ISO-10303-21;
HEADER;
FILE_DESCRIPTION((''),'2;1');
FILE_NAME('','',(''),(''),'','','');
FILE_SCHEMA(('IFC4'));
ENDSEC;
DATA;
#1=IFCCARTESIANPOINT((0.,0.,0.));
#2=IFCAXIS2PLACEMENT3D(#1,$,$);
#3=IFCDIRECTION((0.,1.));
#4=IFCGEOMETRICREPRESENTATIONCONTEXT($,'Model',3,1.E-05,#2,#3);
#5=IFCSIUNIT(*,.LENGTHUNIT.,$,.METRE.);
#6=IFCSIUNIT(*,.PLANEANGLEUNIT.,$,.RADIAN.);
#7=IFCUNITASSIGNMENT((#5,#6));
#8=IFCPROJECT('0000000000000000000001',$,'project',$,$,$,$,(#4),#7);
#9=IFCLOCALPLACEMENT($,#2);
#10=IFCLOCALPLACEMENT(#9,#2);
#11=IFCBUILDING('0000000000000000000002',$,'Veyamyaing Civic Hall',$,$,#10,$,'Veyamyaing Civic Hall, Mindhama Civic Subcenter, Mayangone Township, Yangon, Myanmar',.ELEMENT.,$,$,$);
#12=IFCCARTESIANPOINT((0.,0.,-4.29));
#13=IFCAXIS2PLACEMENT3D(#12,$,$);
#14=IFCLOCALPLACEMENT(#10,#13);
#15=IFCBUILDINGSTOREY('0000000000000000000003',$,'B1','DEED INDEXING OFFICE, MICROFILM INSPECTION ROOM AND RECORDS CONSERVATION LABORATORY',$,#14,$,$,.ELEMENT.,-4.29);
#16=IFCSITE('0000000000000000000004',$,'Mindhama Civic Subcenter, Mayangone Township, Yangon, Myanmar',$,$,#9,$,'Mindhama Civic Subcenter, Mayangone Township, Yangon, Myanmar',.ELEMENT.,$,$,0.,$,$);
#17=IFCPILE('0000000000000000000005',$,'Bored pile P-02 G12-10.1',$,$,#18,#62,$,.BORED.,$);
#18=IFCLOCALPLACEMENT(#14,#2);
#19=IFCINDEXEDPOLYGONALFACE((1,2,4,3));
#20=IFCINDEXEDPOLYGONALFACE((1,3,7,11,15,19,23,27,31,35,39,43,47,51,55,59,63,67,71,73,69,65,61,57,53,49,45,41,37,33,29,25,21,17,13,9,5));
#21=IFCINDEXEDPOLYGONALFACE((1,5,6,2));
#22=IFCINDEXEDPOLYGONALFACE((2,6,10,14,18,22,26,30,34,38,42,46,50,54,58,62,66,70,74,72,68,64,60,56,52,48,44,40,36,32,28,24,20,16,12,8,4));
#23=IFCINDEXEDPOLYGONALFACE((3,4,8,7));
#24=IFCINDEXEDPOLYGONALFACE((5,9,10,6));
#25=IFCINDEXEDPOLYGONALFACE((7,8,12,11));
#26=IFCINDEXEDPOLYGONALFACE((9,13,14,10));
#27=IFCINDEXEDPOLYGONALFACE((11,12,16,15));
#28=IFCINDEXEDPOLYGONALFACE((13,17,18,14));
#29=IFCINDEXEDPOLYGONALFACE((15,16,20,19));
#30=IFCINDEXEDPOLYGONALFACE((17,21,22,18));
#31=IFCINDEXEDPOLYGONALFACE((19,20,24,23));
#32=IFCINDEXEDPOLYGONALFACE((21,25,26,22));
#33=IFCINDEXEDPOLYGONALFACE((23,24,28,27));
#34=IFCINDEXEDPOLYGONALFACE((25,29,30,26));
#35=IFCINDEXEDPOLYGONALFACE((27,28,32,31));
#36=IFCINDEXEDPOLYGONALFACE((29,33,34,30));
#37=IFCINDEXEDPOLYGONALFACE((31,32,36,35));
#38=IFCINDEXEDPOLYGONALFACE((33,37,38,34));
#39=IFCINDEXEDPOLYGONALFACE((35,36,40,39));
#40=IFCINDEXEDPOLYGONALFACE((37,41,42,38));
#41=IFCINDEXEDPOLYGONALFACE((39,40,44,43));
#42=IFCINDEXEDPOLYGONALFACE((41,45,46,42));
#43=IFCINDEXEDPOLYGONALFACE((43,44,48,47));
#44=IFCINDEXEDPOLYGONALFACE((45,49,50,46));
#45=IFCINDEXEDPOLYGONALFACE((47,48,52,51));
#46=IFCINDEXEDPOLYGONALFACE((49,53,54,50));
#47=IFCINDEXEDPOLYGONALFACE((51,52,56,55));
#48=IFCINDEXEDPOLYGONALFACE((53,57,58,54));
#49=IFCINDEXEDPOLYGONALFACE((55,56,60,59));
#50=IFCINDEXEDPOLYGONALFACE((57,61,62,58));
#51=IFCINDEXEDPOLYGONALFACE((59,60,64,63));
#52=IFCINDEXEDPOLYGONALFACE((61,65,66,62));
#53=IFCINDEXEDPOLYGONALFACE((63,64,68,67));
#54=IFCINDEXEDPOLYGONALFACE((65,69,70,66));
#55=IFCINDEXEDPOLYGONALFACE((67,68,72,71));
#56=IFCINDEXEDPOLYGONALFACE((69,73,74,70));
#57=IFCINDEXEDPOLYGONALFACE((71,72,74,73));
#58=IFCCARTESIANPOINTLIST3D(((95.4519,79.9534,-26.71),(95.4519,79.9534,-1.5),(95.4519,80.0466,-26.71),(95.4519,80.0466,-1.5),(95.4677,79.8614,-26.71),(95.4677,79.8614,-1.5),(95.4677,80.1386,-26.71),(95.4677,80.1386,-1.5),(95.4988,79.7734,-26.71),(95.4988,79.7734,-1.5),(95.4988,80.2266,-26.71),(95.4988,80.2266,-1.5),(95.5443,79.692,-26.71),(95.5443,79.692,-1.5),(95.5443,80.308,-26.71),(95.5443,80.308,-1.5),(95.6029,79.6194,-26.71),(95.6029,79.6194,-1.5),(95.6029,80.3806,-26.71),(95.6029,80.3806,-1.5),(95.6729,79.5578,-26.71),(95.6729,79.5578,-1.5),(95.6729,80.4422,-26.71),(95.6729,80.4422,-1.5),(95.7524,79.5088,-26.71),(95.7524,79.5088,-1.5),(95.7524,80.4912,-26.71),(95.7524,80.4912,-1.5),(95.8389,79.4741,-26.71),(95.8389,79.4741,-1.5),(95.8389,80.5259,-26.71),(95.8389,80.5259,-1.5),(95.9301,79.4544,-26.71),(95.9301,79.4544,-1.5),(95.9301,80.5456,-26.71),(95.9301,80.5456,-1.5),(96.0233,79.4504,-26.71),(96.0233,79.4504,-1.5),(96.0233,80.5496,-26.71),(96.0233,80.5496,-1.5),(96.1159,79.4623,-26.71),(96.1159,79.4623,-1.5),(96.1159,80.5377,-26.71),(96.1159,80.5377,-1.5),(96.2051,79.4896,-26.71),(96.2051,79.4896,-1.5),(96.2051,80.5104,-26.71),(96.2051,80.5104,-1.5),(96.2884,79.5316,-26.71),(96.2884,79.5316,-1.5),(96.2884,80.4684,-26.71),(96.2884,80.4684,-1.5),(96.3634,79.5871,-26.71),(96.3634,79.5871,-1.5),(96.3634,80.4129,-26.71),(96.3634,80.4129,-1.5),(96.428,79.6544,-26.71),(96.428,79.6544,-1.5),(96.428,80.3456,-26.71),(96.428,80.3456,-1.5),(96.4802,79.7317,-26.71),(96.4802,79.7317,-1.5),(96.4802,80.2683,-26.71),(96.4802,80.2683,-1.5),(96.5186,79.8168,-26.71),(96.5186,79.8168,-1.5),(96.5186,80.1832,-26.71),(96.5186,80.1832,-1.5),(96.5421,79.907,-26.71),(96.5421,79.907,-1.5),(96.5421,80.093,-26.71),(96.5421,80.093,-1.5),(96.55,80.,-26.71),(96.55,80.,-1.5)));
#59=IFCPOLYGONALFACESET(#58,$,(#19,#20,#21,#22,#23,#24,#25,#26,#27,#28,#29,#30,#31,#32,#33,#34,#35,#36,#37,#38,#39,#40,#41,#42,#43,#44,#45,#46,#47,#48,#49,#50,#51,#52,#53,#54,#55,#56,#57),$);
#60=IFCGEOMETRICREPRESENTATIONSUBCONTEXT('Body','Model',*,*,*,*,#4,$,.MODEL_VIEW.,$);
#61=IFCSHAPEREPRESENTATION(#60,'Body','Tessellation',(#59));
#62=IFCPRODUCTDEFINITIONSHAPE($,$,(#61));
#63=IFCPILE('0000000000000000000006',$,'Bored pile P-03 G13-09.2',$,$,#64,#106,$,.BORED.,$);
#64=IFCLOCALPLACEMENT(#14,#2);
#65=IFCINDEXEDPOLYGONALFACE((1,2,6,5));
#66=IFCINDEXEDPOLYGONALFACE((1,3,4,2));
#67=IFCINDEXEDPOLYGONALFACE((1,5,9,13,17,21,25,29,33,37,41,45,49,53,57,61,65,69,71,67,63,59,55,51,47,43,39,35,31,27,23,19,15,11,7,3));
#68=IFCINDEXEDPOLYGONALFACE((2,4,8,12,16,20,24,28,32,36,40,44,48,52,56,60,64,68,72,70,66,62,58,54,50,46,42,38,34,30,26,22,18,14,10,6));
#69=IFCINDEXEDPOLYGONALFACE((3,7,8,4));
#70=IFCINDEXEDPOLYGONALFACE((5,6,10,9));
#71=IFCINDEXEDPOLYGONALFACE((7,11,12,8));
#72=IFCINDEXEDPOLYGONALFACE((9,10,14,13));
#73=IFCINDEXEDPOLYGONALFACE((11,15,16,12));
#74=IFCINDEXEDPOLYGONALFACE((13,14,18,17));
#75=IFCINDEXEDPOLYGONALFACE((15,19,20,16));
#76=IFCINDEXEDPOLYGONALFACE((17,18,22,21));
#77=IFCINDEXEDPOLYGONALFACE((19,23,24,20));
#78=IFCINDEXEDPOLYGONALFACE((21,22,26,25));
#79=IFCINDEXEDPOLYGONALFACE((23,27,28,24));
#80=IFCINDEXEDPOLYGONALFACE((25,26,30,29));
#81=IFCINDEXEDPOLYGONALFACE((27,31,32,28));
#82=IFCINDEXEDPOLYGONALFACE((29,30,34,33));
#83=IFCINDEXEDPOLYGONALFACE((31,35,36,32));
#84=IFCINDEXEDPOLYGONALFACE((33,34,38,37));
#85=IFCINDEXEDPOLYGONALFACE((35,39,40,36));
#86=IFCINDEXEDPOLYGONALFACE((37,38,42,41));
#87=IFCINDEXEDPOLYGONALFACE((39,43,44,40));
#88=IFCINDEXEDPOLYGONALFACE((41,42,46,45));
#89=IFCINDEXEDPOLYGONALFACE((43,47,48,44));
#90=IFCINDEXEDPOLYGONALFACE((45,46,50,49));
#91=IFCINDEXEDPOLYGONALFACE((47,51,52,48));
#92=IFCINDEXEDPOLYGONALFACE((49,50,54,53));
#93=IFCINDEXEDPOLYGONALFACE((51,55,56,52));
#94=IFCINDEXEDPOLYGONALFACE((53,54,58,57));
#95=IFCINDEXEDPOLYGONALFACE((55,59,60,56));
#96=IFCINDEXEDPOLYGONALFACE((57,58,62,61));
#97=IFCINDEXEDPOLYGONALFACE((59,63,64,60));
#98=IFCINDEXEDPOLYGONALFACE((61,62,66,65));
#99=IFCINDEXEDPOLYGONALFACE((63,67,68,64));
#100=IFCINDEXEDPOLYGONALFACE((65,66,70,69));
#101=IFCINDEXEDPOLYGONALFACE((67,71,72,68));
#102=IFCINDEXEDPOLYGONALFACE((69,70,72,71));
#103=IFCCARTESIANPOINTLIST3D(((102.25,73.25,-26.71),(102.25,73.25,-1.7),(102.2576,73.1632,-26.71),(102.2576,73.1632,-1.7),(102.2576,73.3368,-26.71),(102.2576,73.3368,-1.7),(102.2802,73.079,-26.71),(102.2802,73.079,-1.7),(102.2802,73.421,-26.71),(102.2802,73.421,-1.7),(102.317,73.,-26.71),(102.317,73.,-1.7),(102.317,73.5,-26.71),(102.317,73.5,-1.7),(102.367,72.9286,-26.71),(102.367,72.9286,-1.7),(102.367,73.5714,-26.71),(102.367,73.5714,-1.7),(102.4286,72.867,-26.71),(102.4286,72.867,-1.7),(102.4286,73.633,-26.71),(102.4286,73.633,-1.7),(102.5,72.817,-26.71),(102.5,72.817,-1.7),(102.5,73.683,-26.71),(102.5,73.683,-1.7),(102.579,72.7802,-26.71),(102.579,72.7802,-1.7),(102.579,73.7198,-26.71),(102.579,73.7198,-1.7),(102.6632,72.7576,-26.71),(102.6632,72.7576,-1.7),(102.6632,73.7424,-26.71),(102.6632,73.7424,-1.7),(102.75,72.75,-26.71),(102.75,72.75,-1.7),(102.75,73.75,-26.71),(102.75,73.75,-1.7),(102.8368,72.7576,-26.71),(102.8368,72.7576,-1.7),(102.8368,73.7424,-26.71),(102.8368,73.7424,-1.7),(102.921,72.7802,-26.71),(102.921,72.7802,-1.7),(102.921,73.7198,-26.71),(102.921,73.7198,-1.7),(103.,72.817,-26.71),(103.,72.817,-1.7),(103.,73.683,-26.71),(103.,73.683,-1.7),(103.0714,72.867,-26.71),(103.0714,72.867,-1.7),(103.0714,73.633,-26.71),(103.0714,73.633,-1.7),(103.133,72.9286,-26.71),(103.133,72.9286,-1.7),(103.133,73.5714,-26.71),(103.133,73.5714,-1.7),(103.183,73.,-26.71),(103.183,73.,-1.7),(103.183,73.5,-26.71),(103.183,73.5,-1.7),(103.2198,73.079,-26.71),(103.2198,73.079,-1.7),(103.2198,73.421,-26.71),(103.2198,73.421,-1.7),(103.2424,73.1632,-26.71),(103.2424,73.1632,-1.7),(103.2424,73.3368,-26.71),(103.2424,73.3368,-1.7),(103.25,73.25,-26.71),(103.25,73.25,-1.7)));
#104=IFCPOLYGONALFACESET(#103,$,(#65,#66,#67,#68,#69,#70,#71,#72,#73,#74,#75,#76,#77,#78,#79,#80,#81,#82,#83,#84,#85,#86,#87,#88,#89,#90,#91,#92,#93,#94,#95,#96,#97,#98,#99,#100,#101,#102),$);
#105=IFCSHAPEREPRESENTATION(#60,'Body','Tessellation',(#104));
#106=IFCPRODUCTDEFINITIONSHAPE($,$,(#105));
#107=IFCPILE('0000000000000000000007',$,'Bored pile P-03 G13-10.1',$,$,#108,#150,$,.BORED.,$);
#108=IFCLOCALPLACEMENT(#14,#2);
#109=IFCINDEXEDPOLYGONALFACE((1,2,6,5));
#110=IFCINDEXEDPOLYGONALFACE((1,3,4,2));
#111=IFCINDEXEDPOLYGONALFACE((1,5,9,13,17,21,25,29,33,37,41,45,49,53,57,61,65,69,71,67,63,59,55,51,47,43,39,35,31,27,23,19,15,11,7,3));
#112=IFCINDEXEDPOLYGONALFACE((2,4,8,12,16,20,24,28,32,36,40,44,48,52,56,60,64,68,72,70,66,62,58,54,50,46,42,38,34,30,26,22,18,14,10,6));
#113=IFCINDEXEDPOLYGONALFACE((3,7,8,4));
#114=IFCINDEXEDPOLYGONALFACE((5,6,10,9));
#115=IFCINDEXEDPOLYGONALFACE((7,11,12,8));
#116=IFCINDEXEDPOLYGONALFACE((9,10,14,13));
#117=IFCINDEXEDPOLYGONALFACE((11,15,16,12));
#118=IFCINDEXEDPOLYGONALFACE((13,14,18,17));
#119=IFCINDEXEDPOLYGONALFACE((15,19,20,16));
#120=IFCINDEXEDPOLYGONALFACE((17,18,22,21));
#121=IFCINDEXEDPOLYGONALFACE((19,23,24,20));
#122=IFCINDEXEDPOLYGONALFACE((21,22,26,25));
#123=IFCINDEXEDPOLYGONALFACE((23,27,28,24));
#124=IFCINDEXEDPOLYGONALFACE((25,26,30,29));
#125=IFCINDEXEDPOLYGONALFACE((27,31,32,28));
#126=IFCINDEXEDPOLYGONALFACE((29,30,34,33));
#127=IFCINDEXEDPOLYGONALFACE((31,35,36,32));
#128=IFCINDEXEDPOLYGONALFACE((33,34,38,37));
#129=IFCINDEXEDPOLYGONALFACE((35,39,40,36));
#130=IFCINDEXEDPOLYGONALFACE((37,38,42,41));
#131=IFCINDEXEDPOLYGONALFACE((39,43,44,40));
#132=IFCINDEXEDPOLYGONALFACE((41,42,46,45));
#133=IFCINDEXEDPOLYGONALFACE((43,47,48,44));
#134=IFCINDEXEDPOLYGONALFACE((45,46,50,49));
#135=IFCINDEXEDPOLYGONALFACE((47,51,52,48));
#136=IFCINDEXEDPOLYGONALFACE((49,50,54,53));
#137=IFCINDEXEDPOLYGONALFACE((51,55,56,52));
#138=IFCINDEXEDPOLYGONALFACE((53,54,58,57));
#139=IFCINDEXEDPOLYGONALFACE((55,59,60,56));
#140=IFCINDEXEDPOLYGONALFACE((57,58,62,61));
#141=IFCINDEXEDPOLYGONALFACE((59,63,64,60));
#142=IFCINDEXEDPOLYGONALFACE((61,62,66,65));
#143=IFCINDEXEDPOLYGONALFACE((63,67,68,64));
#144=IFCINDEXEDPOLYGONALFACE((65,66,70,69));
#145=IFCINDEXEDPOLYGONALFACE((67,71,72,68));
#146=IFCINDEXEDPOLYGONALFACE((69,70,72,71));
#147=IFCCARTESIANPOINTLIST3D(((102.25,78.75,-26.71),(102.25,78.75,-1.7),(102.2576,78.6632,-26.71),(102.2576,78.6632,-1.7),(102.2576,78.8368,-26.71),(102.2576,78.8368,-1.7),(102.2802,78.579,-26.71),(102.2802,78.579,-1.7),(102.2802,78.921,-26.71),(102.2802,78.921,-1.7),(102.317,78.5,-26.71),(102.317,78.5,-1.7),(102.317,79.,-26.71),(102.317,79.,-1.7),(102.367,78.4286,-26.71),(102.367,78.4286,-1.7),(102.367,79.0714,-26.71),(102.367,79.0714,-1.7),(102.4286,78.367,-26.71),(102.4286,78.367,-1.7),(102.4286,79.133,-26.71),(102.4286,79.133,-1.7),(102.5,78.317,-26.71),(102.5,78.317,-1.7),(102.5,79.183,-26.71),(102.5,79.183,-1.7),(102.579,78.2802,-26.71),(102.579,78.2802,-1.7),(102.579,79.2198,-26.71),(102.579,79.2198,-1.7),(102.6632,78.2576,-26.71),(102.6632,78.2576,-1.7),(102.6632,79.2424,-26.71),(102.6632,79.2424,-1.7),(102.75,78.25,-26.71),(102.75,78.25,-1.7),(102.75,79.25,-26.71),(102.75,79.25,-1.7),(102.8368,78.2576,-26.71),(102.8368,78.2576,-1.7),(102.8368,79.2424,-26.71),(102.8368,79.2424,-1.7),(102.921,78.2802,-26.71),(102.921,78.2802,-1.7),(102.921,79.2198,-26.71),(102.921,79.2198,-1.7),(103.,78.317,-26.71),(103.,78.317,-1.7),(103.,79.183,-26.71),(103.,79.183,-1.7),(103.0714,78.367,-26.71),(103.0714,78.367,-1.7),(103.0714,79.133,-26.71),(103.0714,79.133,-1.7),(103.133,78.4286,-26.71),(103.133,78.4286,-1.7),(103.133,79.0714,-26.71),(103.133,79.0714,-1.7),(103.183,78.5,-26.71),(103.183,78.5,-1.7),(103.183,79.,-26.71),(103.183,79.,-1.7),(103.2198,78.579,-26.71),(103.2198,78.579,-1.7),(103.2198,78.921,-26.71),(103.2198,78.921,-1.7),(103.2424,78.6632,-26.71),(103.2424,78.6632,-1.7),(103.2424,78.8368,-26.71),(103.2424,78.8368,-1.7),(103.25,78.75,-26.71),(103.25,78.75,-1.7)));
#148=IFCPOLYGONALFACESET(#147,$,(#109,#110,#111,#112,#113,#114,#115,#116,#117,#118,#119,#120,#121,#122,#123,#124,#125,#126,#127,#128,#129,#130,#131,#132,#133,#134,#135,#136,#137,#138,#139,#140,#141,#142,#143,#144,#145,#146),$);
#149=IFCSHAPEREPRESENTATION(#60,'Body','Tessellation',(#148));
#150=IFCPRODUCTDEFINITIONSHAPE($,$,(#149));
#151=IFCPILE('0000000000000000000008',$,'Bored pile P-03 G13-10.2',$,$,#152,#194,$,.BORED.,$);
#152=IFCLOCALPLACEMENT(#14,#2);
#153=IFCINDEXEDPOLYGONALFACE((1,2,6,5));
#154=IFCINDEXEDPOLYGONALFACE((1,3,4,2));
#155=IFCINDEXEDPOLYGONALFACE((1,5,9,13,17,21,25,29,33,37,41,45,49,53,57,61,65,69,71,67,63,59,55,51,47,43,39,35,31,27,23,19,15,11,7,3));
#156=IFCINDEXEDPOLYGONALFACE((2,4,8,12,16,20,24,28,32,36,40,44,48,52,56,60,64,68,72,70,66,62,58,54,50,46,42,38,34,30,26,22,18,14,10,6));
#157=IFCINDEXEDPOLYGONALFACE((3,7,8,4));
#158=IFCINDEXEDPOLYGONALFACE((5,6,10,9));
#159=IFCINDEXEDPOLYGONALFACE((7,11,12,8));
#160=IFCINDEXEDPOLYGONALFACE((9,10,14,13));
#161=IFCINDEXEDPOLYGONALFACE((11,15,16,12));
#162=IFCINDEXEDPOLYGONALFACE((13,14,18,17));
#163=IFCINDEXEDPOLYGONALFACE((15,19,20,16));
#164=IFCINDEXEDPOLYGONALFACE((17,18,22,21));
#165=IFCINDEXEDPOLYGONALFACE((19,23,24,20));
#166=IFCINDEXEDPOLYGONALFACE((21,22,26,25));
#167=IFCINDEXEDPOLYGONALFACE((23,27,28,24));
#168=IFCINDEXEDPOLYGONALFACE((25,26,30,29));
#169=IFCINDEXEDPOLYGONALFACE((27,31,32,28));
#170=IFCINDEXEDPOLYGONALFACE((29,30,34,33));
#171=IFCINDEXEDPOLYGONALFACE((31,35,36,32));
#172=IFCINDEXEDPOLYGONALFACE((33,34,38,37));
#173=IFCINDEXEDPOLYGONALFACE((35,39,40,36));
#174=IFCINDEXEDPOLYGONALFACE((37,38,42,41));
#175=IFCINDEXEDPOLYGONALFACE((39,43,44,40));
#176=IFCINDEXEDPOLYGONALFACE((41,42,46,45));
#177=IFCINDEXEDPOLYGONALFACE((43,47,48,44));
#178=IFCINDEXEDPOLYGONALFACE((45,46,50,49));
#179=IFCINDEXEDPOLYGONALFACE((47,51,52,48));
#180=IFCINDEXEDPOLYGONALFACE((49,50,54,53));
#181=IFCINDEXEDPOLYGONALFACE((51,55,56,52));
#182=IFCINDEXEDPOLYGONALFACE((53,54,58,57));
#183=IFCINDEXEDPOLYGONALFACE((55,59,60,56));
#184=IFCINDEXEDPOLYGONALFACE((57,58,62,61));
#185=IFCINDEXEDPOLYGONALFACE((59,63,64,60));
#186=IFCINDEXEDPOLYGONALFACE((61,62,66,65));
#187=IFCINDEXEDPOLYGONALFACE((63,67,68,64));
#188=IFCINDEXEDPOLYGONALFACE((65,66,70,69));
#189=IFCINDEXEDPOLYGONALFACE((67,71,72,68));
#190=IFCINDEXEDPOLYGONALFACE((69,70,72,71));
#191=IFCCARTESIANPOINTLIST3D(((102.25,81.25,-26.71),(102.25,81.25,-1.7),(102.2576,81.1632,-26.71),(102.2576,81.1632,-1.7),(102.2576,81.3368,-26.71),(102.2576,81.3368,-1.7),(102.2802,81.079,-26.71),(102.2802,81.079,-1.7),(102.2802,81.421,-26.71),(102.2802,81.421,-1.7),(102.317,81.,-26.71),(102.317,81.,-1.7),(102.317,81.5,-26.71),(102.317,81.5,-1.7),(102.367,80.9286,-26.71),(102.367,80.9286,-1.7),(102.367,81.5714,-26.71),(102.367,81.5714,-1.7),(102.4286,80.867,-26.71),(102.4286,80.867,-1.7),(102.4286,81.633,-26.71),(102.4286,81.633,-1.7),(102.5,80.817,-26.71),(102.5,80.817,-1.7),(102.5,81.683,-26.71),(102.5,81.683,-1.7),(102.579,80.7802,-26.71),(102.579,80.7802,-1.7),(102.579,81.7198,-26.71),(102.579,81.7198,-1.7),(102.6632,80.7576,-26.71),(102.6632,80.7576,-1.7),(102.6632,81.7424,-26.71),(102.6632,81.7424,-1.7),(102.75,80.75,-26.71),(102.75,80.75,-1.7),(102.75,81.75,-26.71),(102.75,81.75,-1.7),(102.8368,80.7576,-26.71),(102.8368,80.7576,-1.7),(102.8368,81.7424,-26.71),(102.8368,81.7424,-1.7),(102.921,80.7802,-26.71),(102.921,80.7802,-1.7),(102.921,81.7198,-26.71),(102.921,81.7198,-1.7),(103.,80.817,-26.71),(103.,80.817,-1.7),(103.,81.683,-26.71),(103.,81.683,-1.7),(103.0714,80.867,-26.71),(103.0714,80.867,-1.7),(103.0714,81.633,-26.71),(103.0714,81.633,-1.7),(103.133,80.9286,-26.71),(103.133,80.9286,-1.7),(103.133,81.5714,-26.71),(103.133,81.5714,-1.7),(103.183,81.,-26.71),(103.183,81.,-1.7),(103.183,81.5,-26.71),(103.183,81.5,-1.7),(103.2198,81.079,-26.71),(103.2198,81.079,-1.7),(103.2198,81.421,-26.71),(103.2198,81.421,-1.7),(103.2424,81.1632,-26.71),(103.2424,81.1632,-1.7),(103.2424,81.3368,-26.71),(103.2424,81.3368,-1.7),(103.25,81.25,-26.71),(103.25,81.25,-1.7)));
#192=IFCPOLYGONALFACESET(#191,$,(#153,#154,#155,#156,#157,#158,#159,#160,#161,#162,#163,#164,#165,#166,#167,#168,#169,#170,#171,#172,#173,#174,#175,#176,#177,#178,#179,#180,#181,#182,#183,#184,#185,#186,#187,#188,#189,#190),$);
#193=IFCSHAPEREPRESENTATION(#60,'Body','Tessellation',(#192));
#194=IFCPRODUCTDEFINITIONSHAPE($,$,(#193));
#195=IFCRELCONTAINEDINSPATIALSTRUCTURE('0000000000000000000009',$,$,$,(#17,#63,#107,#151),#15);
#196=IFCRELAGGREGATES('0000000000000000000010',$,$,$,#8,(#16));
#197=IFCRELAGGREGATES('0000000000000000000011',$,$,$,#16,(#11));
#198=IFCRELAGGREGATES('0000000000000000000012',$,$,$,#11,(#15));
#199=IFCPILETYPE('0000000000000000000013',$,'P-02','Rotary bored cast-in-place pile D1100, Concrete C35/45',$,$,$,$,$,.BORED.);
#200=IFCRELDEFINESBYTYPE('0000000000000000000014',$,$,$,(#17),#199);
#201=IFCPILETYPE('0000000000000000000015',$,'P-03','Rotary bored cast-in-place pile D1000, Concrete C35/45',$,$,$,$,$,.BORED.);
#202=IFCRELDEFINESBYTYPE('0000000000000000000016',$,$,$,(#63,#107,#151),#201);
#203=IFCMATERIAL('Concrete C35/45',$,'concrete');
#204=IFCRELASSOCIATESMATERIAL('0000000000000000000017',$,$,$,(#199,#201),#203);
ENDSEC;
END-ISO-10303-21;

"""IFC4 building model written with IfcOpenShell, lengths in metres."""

from ifc_helpers import new_model, si_unit, direction, frame, origin, origin_2d, place, context, subcontext, project, spatial, circle, extrude, material, material_profile, profile_set, type_object, element, save


model = new_model("IFC4")

# Units and contexts
model_context = context("Model", 3, precision=1e-05, world=origin(), true_north=direction((0.0, 1.0)))
body_context = subcontext(model_context, "Body", "Model", "MODEL_VIEW")
ifc_project = project(units=[si_unit("LENGTHUNIT", "METRE"), si_unit("PLANEANGLEUNIT", "RADIAN")], contexts=[model_context])

# Site, building, storey
site_placement = place(None, origin())
site = spatial("IfcSite", under=ifc_project, at=site_placement, Name="Mindhama Civic Subcenter, Mayangone Township, Yangon, Myanmar", LongName="Mindhama Civic Subcenter, Mayangone Township, Yangon, Myanmar", CompositionType="ELEMENT", RefElevation=0.0)
building_placement = place(site_placement, origin())
building = spatial("IfcBuilding", under=site, at=building_placement, Name="Veyamyaing Civic Hall", LongName="Veyamyaing Civic Hall, Mindhama Civic Subcenter, Mayangone Township, Yangon, Myanmar", CompositionType="ELEMENT")
storey_placement = place(building_placement, frame((0.0, 0.0, -4.29)))
storey = spatial("IfcBuildingStorey", under=building, at=storey_placement, Name="B1", Description="DEED INDEXING OFFICE, MICROFILM INSPECTION ROOM AND RECORDS CONSERVATION LABORATORY", CompositionType="ELEMENT", Elevation=-4.29)

# Piles
ifc_material_1 = material(Name="Concrete C35/45", Category="concrete")
ifc_material_profile_1 = material_profile(ifc_material_1, circle(Radius=0.55, at=origin_2d()), Name="PILE-D1100")
ifc_profile_set_1 = profile_set([ifc_material_profile_1], Name="Concrete C35/45")
pile_type_1 = type_object("IfcPileType", Name="P-02", Description="Rotary bored cast-in-place pile D1100, Concrete C35/45", PredefinedType="BORED", material=ifc_profile_set_1)
pile_1_placement = place(storey_placement, frame((96.0, 80.0, -1.5), z_axis=(0.0, 0.0, -1.0), x_axis=(1.0, 0.0, 0.0)))
element("IfcPile", 1, at=pile_1_placement, inside=storey, type_object=pile_type_1, Name="Bored pile P-02 G12-10.1", PredefinedType="BORED", context=body_context, shape_type="SweptSolid", body=[
    extrude(circle(Radius=0.55, at=origin_2d()), origin(), (0.0, 0.0, 1.0), 25.21),
])
ifc_material_profile_2 = material_profile(ifc_material_1, circle(Radius=0.5, at=origin_2d()), Name="PILE-D1000")
ifc_profile_set_2 = profile_set([ifc_material_profile_2], Name="Concrete C35/45")
pile_type_2 = type_object("IfcPileType", Name="P-03", Description="Rotary bored cast-in-place pile D1000, Concrete C35/45", PredefinedType="BORED", material=ifc_profile_set_2)
for number, where, z_axis, x_axis, name in (
    (2, (102.75, 73.25, -1.7), (0.0, 0.0, -1.0), (1.0, 0.0, 0.0), "Bored pile P-03 G13-09.2"),
    (3, (102.75, 78.75, -1.7), (0.0, 0.0, -1.0), (1.0, 0.0, 0.0), "Bored pile P-03 G13-10.1"),
    (4, (102.75, 81.25, -1.7), (0.0, 0.0, -1.0), (1.0, 0.0, 0.0), "Bored pile P-03 G13-10.2"),
):
    element("IfcPile", number, at=place(storey_placement, frame(where, z_axis=z_axis, x_axis=x_axis)), inside=storey, type_object=pile_type_2, Name=name, PredefinedType="BORED", context=body_context, shape_type="SweptSolid", body=[
        extrude(circle(Radius=0.5, at=origin_2d()), origin(), (0.0, 0.0, 1.0), 25.01),
    ])

save(model, "model.ifc")
